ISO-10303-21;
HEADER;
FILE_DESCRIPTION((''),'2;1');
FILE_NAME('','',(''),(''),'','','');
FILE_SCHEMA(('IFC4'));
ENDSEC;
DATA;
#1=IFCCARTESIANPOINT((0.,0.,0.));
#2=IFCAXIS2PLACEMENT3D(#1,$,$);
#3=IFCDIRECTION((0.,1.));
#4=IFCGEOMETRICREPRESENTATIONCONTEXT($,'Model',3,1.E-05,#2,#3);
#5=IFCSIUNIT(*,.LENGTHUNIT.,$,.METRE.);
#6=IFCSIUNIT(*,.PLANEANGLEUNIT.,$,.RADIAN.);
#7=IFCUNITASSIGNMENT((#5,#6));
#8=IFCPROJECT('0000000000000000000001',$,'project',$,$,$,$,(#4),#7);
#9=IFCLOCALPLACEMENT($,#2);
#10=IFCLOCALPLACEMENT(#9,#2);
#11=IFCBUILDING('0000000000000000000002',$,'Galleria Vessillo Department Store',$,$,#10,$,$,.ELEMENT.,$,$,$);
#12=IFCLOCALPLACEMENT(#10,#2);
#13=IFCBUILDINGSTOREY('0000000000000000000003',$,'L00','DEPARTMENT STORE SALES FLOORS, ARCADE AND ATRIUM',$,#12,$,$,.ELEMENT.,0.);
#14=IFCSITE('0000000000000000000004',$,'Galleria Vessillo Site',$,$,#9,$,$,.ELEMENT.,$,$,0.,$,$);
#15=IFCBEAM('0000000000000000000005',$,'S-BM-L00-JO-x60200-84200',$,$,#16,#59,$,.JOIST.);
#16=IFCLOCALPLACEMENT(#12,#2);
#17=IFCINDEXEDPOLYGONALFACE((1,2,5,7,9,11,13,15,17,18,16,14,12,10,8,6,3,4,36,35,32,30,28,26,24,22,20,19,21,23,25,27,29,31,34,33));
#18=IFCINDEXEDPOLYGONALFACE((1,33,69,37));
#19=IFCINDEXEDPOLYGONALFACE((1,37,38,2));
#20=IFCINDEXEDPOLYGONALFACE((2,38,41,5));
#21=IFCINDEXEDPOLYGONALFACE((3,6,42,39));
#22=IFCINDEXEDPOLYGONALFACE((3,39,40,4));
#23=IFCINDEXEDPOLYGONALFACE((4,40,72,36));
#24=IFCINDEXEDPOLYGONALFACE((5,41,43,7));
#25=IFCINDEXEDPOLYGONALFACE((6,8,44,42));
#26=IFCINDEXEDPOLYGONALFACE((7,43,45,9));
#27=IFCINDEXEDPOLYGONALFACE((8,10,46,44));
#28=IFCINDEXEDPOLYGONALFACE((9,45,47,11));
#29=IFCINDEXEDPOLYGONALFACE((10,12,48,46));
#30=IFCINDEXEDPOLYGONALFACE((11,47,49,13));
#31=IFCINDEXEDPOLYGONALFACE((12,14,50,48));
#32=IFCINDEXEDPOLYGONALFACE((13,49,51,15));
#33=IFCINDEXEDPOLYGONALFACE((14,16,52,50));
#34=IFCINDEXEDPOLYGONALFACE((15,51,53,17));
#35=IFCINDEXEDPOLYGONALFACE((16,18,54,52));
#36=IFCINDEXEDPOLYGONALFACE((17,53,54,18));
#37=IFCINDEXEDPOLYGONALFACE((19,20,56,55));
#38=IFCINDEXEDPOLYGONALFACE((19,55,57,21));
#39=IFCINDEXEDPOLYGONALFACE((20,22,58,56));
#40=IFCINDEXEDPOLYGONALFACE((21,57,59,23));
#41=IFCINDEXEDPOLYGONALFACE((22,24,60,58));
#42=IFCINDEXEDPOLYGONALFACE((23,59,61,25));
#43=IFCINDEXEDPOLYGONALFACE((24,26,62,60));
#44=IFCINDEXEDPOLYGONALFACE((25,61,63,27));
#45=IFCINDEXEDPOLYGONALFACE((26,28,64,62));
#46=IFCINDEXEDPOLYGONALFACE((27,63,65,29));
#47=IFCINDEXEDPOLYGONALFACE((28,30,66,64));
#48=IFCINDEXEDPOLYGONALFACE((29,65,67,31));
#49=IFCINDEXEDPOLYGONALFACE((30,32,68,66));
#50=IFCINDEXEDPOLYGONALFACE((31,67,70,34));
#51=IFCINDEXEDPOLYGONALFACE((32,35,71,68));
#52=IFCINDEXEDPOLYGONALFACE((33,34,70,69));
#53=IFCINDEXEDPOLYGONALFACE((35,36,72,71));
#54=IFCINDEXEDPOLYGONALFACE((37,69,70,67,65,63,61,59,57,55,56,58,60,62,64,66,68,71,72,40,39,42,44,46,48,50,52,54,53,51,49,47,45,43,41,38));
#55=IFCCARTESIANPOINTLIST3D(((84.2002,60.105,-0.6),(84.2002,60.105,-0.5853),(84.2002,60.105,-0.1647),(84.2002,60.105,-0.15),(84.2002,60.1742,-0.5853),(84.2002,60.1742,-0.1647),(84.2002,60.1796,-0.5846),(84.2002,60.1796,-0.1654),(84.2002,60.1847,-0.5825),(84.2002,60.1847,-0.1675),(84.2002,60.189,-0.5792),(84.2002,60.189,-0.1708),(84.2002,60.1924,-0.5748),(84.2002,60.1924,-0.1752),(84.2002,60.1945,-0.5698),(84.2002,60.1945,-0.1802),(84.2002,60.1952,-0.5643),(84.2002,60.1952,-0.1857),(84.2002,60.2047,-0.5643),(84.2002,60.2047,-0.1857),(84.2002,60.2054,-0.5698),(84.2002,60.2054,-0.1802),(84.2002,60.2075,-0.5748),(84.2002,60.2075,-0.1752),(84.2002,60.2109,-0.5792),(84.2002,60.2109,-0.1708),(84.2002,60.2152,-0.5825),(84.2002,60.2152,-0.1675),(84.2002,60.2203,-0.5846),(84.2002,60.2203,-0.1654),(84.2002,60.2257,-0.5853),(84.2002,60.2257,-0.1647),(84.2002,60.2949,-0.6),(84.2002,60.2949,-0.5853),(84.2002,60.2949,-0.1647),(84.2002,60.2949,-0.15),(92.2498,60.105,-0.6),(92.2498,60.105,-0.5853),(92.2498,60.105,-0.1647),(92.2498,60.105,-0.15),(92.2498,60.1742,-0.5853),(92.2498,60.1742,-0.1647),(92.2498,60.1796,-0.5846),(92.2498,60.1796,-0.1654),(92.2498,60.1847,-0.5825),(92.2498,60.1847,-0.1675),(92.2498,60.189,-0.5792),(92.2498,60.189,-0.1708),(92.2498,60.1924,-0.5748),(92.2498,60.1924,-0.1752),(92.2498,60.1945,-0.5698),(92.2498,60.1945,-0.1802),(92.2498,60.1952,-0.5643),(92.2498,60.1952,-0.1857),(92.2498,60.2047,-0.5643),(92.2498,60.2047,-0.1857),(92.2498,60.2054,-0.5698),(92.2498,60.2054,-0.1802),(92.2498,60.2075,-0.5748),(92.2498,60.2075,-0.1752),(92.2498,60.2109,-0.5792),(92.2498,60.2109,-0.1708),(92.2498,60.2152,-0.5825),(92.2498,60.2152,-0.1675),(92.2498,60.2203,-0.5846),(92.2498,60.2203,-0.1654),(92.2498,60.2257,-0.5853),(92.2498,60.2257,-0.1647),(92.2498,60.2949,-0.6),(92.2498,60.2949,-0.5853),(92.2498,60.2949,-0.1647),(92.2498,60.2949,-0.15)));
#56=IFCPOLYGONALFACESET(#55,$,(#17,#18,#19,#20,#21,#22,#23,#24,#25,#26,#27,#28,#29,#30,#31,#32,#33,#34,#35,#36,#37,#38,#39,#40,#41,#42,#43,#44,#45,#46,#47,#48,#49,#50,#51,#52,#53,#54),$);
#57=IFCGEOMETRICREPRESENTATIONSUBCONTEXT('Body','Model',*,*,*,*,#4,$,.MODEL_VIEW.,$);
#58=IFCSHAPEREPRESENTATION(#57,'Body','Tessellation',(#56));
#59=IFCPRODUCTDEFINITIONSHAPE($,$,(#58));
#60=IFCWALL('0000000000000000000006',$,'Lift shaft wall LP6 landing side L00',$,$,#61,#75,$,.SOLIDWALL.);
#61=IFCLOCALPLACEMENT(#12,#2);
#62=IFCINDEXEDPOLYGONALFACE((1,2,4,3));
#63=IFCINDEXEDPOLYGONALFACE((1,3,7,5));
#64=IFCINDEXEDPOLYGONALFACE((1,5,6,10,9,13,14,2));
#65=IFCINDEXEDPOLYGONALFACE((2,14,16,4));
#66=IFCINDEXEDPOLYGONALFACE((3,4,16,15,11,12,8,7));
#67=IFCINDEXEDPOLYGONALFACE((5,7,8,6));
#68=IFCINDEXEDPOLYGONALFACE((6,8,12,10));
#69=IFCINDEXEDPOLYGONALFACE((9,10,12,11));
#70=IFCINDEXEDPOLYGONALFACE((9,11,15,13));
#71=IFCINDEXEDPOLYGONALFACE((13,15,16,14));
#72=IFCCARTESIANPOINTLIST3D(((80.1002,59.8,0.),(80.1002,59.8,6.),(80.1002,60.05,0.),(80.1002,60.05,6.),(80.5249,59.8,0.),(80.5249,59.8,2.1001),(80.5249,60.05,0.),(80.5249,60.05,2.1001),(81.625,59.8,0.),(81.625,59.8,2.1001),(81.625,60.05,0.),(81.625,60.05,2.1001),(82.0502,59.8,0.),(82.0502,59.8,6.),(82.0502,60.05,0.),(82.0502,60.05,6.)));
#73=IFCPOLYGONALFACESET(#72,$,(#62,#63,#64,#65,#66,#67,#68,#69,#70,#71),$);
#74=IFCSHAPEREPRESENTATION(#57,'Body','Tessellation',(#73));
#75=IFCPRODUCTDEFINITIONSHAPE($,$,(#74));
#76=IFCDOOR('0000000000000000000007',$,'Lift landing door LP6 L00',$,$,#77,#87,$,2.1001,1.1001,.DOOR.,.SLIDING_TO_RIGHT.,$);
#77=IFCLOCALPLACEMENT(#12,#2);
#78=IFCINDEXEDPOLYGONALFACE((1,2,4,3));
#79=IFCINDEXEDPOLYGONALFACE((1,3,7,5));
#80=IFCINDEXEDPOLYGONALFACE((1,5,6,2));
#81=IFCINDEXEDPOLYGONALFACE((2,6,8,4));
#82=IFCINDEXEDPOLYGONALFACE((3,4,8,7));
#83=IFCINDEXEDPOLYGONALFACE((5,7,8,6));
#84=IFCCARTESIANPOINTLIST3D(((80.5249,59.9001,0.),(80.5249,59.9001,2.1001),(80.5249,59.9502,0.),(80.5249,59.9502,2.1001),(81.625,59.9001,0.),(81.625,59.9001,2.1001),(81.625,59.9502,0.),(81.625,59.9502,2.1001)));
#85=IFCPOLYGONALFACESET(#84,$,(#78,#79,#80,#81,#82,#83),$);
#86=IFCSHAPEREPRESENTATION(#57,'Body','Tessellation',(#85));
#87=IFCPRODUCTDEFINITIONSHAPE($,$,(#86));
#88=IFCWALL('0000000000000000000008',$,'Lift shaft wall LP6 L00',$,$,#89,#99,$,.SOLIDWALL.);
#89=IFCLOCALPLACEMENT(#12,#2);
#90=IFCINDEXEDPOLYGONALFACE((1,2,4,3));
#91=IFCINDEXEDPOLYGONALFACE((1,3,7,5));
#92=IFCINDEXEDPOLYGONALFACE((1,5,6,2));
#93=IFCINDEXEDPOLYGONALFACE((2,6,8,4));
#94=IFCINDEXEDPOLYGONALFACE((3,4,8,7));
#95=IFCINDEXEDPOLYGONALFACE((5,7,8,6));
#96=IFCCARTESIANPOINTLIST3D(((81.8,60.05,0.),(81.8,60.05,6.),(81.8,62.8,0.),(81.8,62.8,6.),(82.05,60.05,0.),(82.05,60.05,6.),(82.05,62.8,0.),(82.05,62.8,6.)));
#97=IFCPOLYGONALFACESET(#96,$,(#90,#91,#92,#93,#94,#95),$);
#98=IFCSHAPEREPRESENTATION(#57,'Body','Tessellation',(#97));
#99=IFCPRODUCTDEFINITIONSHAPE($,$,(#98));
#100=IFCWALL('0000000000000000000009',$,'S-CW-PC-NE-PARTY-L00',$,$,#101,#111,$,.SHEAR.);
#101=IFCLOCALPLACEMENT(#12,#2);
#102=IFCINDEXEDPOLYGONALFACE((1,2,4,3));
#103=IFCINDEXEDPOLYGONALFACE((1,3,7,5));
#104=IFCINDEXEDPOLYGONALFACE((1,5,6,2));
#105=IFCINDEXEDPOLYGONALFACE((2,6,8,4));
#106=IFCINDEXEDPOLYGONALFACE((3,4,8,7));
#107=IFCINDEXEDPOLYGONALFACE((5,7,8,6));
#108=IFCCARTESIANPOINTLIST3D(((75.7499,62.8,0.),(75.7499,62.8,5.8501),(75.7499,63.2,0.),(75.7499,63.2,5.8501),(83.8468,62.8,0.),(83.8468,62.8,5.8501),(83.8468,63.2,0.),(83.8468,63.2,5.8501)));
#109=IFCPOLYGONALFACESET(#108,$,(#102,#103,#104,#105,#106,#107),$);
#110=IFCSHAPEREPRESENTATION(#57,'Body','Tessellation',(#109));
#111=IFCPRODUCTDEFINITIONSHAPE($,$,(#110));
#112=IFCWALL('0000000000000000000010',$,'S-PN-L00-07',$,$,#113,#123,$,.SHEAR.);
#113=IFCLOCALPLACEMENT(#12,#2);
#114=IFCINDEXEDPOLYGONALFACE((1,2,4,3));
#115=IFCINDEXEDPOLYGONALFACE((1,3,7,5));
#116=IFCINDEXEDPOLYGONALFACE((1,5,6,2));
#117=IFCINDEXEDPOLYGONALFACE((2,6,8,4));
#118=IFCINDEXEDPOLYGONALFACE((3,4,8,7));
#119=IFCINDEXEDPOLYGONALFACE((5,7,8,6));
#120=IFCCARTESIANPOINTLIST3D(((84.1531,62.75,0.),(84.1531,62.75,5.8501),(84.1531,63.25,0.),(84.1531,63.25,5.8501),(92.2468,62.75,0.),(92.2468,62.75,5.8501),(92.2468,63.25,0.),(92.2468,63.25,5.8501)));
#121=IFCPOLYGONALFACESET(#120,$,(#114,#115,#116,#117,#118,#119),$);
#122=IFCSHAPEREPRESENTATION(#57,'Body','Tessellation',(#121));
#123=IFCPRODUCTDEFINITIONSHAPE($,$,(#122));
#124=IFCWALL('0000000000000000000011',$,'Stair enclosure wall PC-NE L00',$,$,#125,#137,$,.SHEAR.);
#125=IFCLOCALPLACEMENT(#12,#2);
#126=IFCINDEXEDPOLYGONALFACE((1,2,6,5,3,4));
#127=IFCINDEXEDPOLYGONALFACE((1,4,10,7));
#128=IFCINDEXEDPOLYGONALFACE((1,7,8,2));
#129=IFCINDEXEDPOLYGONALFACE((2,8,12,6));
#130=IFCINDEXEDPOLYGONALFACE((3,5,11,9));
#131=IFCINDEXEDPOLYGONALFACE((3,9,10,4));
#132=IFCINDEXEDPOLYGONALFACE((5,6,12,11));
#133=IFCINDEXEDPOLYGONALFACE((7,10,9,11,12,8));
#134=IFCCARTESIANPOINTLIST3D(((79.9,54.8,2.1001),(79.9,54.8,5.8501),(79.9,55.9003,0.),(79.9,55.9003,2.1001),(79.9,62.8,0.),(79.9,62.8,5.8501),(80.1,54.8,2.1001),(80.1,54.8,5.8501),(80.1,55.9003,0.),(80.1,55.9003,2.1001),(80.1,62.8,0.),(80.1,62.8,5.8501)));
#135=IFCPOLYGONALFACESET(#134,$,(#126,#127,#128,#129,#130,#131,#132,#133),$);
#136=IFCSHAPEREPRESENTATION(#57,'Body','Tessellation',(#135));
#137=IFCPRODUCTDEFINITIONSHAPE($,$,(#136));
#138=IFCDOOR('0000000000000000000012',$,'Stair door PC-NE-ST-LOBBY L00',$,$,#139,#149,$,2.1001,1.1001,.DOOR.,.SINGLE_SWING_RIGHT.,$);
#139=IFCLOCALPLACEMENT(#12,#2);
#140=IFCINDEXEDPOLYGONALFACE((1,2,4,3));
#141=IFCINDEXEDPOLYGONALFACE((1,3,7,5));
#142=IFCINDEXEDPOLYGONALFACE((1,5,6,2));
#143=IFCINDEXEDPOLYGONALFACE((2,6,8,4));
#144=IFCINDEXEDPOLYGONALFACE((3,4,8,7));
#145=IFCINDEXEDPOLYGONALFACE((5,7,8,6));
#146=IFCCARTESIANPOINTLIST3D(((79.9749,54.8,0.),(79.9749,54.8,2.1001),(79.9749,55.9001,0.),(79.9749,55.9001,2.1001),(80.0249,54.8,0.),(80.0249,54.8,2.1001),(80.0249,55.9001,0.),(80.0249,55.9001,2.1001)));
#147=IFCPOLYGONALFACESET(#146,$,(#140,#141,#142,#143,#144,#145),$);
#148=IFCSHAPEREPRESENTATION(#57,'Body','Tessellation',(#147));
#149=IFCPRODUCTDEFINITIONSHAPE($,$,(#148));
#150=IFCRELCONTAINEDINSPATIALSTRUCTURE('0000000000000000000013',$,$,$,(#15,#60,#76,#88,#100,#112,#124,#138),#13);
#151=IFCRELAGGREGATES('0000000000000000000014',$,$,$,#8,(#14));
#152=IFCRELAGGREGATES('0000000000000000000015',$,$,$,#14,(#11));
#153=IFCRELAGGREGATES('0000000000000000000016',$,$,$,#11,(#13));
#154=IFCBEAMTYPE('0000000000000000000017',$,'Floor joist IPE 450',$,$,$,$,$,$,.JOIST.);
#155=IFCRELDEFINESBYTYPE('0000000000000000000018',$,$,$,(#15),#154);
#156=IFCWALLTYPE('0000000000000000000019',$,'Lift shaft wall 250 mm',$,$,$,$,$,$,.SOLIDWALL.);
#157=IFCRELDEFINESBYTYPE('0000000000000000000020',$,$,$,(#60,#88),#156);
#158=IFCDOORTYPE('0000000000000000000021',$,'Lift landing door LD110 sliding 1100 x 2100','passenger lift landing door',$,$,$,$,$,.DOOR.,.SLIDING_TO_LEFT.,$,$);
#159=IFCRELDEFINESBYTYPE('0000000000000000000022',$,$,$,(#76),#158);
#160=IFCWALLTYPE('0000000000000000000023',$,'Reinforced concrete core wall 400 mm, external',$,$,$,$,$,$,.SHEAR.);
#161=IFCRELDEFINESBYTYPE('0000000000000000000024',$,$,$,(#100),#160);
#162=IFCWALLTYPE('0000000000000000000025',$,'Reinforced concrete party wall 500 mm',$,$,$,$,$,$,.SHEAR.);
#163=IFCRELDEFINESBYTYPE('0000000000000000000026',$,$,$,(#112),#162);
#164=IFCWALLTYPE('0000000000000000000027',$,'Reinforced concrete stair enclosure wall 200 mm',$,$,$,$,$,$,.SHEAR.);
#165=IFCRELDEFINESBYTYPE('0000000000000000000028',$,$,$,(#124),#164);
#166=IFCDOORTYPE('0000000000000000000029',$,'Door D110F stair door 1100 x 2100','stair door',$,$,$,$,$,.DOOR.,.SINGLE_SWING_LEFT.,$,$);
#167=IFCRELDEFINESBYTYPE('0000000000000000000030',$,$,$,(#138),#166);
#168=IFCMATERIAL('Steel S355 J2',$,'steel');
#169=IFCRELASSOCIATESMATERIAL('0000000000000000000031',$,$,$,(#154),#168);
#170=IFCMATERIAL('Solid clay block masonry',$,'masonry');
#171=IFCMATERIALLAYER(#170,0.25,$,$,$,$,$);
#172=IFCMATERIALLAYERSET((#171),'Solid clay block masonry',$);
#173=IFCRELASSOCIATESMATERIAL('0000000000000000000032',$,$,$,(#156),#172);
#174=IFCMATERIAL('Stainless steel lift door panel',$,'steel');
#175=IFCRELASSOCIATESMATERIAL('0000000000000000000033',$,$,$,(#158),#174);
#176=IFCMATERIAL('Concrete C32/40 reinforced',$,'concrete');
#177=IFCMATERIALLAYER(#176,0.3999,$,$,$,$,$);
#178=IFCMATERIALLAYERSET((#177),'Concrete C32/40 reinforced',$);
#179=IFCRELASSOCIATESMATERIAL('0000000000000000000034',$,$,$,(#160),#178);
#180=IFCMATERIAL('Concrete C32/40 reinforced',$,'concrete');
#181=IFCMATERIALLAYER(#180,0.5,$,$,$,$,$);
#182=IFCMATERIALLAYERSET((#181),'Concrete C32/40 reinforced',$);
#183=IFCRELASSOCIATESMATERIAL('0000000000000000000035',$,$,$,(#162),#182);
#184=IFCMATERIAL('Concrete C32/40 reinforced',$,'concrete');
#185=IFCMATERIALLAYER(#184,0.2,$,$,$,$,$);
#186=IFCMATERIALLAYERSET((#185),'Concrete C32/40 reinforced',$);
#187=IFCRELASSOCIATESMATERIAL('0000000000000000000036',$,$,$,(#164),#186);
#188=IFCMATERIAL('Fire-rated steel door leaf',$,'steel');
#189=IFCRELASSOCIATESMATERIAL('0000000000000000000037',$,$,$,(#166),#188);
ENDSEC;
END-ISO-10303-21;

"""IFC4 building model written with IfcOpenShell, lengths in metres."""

from ifc_helpers import new_model, si_unit, direction, frame, frame_2d, origin, origin_2d, place, context, subcontext, project, spatial, rectangle, i_section, extrude, material, layer, layer_set, material_profile, profile_set, type_object, element, fill, save


model = new_model("IFC4")

# Units and contexts
model_context = context("Model", 3, precision=1e-05, world=origin(), true_north=direction((0.0, 1.0)))
body_context = subcontext(model_context, "Body", "Model", "MODEL_VIEW")
ifc_project = project(units=[si_unit("LENGTHUNIT", "METRE"), si_unit("PLANEANGLEUNIT", "RADIAN")], contexts=[model_context])

# Site, building, storey
site_placement = place(None, origin())
site = spatial("IfcSite", under=ifc_project, at=site_placement, Name="Galleria Vessillo Site", CompositionType="ELEMENT", RefElevation=0.0)
building_placement = place(site_placement, origin())
building = spatial("IfcBuilding", under=site, at=building_placement, Name="Galleria Vessillo Department Store", CompositionType="ELEMENT")
storey_placement = place(building_placement, origin())
storey = spatial("IfcBuildingStorey", under=building, at=storey_placement, Name="L00", Description="DEPARTMENT STORE SALES FLOORS, ARCADE AND ATRIUM", CompositionType="ELEMENT", Elevation=0.0)

# Beam
ifc_material_1 = material(Name="Steel S355 J2", Category="steel")
ifc_material_profile_1 = material_profile(ifc_material_1, i_section(OverallWidth=0.1899, OverallDepth=0.45, WebThickness=0.0095, FlangeThickness=0.0146, FilletRadius=0.021, at=origin_2d()), Name="IPE 450")
ifc_profile_set_1 = profile_set([ifc_material_profile_1], Name="Steel S355 J2")
beam_type = type_object("IfcBeamType", Name="Floor joist IPE 450", PredefinedType="JOIST", material=ifc_profile_set_1)
for number, where, z_axis, x_axis, name in (
    (1, (84.2002, 60.2, -0.375), (1.0, 0.0, 0.0), (0.0, 1.0, 0.0), "S-BM-L00-JO-x60200-84200"),
):
    element("IfcBeam", number, at=place(storey_placement, frame(where, z_axis=z_axis, x_axis=x_axis)), inside=storey, type_object=beam_type, Name=name, PredefinedType="JOIST", context=body_context, shape_type="SweptSolid", body=[
        extrude(i_section(OverallWidth=0.1899, OverallDepth=0.45, WebThickness=0.0095, FlangeThickness=0.0146, FilletRadius=0.021, at=origin_2d()), origin(), (0.0, 0.0, 1.0), 8.0496),
    ])

# Wall, opening, door
ifc_material_2 = material(Name="Solid clay block masonry", Category="masonry")
ifc_layer_1 = layer(ifc_material_2, 0.25)
ifc_layer_set_1 = layer_set([ifc_layer_1], Name="Solid clay block masonry")
wall_type_1 = type_object("IfcWallType", Name="Lift shaft wall 250 mm", PredefinedType="SOLIDWALL", material=ifc_layer_set_1)
wall_1_placement = place(storey_placement, frame((80.1001, 59.925, 0.0), z_axis=(0.0, 0.0, 1.0), x_axis=(1.0, 0.0, 0.0)))
wall_1 = element("IfcWall", 2, at=wall_1_placement, inside=storey, type_object=wall_type_1, Name="Lift shaft wall LP6 landing side L00", PredefinedType="SOLIDWALL", context=body_context, shape_type="SweptSolid", body=[
    extrude(rectangle(XDim=1.95, YDim=0.25, at=frame_2d((0.9751, 0.0))), origin(), (0.0, 0.0, 1.0), 6.0),
])
opening_1_placement = place(wall_1_placement, frame((0.4248, 0.0, 0.0)))
opening_1 = element("IfcOpeningElement", 3, at=opening_1_placement, cuts=wall_1, PredefinedType="OPENING", context=body_context, shape_type="SweptSolid", body=[
    extrude(rectangle(XDim=1.1001, YDim=2.1001, at=frame_2d((0.55, 1.05))), frame((0.0, 0.135, 0.0), z_axis=(0.0, -1.0, 0.0), x_axis=(1.0, 0.0, 0.0)), (0.0, 0.0, 1.0), 0.27),
])
ifc_material_3 = material(Name="Stainless steel lift door panel", Category="steel")
door_type_1 = type_object("IfcDoorType", Name="Lift landing door LD110 sliding 1100 x 2100", Description="passenger lift landing door", OperationType="SLIDING_TO_LEFT", PredefinedType="DOOR", material=ifc_material_3)
door_1_placement = place(opening_1_placement, frame((1.1001, 0.0, 0.0), z_axis=(0.0, 0.0, 1.0), x_axis=(-1.0, 0.0, 0.0)))
door_1 = element("IfcDoor", 4, at=door_1_placement, inside=storey, type_object=door_type_1, Name="Lift landing door LP6 L00", OperationType="SLIDING_TO_RIGHT", OverallHeight=2.1001, OverallWidth=1.1001, PredefinedType="DOOR", context=body_context, shape_type="SweptSolid", body=[
    extrude(rectangle(XDim=1.1001, YDim=2.1001, at=frame_2d((0.55, 1.05))), frame((0.0, 0.0249, 0.0), z_axis=(0.0, -1.0, 0.0), x_axis=(1.0, 0.0, 0.0)), (0.0, 0.0, 1.0), 0.05),
])
fill(opening_1, door_1)

# Walls
wall_2_placement = place(storey_placement, frame((81.925, 62.8, 0.0), z_axis=(0.0, 0.0, 1.0), x_axis=(0.0, -1.0, 0.0)))
element("IfcWall", 5, at=wall_2_placement, inside=storey, type_object=wall_type_1, Name="Lift shaft wall LP6 L00", PredefinedType="SOLIDWALL", context=body_context, shape_type="SweptSolid", body=[
    extrude(rectangle(XDim=2.75, YDim=0.25, at=frame_2d((1.375, 0.0))), origin(), (0.0, 0.0, 1.0), 6.0),
])
ifc_material_4 = material(Name="Concrete C32/40 reinforced", Category="concrete")
ifc_layer_2 = layer(ifc_material_4, 0.3999)
ifc_layer_set_2 = layer_set([ifc_layer_2], Name="Concrete C32/40 reinforced")
wall_type_2 = type_object("IfcWallType", Name="Reinforced concrete core wall 400 mm, external", PredefinedType="SHEAR", material=ifc_layer_set_2)
wall_3_placement = place(storey_placement, frame((75.75, 63.0, 0.0), z_axis=(0.0, 0.0, 1.0), x_axis=(1.0, 0.0, 0.0)))
element("IfcWall", 6, at=wall_3_placement, inside=storey, type_object=wall_type_2, Name="S-CW-PC-NE-PARTY-L00", PredefinedType="SHEAR", context=body_context, shape_type="SweptSolid", body=[
    extrude(rectangle(XDim=8.0969, YDim=0.3999, at=frame_2d((4.0483, 0.0))), origin(), (0.0, 0.0, 1.0), 5.8501),
])
ifc_material_5 = material(Name="Concrete C32/40 reinforced", Category="concrete")
ifc_layer_3 = layer(ifc_material_5, 0.5)
ifc_layer_set_3 = layer_set([ifc_layer_3], Name="Concrete C32/40 reinforced")
wall_type_3 = type_object("IfcWallType", Name="Reinforced concrete party wall 500 mm", PredefinedType="SHEAR", material=ifc_layer_set_3)
wall_4_placement = place(storey_placement, frame((84.1531, 63.0, 0.0), z_axis=(0.0, 0.0, 1.0), x_axis=(1.0, 0.0, 0.0)))
element("IfcWall", 7, at=wall_4_placement, inside=storey, type_object=wall_type_3, Name="S-PN-L00-07", PredefinedType="SHEAR", context=body_context, shape_type="SweptSolid", body=[
    extrude(rectangle(XDim=8.0938, YDim=0.5, at=frame_2d((4.0469, 0.0))), origin(), (0.0, 0.0, 1.0), 5.8501),
])

# Wall, opening, door
ifc_material_6 = material(Name="Concrete C32/40 reinforced", Category="concrete")
ifc_layer_4 = layer(ifc_material_6, 0.2)
ifc_layer_set_4 = layer_set([ifc_layer_4], Name="Concrete C32/40 reinforced")
wall_type_4 = type_object("IfcWallType", Name="Reinforced concrete stair enclosure wall 200 mm", PredefinedType="SHEAR", material=ifc_layer_set_4)
wall_5_placement = place(storey_placement, frame((80.0, 62.8, 0.0), z_axis=(0.0, 0.0, 1.0), x_axis=(0.0, -1.0, 0.0)))
wall_5 = element("IfcWall", 8, at=wall_5_placement, inside=storey, type_object=wall_type_4, Name="Stair enclosure wall PC-NE L00", PredefinedType="SHEAR", context=body_context, shape_type="SweptSolid", body=[
    extrude(rectangle(XDim=8.0, YDim=0.2, at=frame_2d((4.0, 0.0))), origin(), (0.0, 0.0, 1.0), 5.8501),
])
opening_2_placement = place(wall_5_placement, frame((6.8999, 0.0, 0.0)))
opening_2 = element("IfcOpeningElement", 9, at=opening_2_placement, cuts=wall_5, PredefinedType="OPENING", context=body_context, shape_type="SweptSolid", body=[
    extrude(rectangle(XDim=1.1101, YDim=2.1001, at=frame_2d((0.5549, 1.05))), frame((0.0, 0.1099, 0.0), z_axis=(0.0, -1.0, 0.0), x_axis=(1.0, 0.0, 0.0)), (0.0, 0.0, 1.0), 0.22),
])
ifc_material_7 = material(Name="Fire-rated steel door leaf", Category="steel")
door_type_2 = type_object("IfcDoorType", Name="Door D110F stair door 1100 x 2100", Description="stair door", OperationType="SINGLE_SWING_LEFT", PredefinedType="DOOR", material=ifc_material_7)
door_2_placement = place(opening_2_placement, origin())
door_2 = element("IfcDoor", 10, at=door_2_placement, inside=storey, type_object=door_type_2, Name="Stair door PC-NE-ST-LOBBY L00", OperationType="SINGLE_SWING_RIGHT", OverallHeight=2.1001, OverallWidth=1.1001, PredefinedType="DOOR", context=body_context, shape_type="SweptSolid", body=[
    extrude(rectangle(XDim=1.1001, YDim=2.1001, at=frame_2d((0.55, 1.05))), frame((0.0, 0.0249, 0.0), z_axis=(0.0, -1.0, 0.0), x_axis=(1.0, 0.0, 0.0)), (0.0, 0.0, 1.0), 0.05),
])
fill(opening_2, door_2)

save(model, "model.ifc")
